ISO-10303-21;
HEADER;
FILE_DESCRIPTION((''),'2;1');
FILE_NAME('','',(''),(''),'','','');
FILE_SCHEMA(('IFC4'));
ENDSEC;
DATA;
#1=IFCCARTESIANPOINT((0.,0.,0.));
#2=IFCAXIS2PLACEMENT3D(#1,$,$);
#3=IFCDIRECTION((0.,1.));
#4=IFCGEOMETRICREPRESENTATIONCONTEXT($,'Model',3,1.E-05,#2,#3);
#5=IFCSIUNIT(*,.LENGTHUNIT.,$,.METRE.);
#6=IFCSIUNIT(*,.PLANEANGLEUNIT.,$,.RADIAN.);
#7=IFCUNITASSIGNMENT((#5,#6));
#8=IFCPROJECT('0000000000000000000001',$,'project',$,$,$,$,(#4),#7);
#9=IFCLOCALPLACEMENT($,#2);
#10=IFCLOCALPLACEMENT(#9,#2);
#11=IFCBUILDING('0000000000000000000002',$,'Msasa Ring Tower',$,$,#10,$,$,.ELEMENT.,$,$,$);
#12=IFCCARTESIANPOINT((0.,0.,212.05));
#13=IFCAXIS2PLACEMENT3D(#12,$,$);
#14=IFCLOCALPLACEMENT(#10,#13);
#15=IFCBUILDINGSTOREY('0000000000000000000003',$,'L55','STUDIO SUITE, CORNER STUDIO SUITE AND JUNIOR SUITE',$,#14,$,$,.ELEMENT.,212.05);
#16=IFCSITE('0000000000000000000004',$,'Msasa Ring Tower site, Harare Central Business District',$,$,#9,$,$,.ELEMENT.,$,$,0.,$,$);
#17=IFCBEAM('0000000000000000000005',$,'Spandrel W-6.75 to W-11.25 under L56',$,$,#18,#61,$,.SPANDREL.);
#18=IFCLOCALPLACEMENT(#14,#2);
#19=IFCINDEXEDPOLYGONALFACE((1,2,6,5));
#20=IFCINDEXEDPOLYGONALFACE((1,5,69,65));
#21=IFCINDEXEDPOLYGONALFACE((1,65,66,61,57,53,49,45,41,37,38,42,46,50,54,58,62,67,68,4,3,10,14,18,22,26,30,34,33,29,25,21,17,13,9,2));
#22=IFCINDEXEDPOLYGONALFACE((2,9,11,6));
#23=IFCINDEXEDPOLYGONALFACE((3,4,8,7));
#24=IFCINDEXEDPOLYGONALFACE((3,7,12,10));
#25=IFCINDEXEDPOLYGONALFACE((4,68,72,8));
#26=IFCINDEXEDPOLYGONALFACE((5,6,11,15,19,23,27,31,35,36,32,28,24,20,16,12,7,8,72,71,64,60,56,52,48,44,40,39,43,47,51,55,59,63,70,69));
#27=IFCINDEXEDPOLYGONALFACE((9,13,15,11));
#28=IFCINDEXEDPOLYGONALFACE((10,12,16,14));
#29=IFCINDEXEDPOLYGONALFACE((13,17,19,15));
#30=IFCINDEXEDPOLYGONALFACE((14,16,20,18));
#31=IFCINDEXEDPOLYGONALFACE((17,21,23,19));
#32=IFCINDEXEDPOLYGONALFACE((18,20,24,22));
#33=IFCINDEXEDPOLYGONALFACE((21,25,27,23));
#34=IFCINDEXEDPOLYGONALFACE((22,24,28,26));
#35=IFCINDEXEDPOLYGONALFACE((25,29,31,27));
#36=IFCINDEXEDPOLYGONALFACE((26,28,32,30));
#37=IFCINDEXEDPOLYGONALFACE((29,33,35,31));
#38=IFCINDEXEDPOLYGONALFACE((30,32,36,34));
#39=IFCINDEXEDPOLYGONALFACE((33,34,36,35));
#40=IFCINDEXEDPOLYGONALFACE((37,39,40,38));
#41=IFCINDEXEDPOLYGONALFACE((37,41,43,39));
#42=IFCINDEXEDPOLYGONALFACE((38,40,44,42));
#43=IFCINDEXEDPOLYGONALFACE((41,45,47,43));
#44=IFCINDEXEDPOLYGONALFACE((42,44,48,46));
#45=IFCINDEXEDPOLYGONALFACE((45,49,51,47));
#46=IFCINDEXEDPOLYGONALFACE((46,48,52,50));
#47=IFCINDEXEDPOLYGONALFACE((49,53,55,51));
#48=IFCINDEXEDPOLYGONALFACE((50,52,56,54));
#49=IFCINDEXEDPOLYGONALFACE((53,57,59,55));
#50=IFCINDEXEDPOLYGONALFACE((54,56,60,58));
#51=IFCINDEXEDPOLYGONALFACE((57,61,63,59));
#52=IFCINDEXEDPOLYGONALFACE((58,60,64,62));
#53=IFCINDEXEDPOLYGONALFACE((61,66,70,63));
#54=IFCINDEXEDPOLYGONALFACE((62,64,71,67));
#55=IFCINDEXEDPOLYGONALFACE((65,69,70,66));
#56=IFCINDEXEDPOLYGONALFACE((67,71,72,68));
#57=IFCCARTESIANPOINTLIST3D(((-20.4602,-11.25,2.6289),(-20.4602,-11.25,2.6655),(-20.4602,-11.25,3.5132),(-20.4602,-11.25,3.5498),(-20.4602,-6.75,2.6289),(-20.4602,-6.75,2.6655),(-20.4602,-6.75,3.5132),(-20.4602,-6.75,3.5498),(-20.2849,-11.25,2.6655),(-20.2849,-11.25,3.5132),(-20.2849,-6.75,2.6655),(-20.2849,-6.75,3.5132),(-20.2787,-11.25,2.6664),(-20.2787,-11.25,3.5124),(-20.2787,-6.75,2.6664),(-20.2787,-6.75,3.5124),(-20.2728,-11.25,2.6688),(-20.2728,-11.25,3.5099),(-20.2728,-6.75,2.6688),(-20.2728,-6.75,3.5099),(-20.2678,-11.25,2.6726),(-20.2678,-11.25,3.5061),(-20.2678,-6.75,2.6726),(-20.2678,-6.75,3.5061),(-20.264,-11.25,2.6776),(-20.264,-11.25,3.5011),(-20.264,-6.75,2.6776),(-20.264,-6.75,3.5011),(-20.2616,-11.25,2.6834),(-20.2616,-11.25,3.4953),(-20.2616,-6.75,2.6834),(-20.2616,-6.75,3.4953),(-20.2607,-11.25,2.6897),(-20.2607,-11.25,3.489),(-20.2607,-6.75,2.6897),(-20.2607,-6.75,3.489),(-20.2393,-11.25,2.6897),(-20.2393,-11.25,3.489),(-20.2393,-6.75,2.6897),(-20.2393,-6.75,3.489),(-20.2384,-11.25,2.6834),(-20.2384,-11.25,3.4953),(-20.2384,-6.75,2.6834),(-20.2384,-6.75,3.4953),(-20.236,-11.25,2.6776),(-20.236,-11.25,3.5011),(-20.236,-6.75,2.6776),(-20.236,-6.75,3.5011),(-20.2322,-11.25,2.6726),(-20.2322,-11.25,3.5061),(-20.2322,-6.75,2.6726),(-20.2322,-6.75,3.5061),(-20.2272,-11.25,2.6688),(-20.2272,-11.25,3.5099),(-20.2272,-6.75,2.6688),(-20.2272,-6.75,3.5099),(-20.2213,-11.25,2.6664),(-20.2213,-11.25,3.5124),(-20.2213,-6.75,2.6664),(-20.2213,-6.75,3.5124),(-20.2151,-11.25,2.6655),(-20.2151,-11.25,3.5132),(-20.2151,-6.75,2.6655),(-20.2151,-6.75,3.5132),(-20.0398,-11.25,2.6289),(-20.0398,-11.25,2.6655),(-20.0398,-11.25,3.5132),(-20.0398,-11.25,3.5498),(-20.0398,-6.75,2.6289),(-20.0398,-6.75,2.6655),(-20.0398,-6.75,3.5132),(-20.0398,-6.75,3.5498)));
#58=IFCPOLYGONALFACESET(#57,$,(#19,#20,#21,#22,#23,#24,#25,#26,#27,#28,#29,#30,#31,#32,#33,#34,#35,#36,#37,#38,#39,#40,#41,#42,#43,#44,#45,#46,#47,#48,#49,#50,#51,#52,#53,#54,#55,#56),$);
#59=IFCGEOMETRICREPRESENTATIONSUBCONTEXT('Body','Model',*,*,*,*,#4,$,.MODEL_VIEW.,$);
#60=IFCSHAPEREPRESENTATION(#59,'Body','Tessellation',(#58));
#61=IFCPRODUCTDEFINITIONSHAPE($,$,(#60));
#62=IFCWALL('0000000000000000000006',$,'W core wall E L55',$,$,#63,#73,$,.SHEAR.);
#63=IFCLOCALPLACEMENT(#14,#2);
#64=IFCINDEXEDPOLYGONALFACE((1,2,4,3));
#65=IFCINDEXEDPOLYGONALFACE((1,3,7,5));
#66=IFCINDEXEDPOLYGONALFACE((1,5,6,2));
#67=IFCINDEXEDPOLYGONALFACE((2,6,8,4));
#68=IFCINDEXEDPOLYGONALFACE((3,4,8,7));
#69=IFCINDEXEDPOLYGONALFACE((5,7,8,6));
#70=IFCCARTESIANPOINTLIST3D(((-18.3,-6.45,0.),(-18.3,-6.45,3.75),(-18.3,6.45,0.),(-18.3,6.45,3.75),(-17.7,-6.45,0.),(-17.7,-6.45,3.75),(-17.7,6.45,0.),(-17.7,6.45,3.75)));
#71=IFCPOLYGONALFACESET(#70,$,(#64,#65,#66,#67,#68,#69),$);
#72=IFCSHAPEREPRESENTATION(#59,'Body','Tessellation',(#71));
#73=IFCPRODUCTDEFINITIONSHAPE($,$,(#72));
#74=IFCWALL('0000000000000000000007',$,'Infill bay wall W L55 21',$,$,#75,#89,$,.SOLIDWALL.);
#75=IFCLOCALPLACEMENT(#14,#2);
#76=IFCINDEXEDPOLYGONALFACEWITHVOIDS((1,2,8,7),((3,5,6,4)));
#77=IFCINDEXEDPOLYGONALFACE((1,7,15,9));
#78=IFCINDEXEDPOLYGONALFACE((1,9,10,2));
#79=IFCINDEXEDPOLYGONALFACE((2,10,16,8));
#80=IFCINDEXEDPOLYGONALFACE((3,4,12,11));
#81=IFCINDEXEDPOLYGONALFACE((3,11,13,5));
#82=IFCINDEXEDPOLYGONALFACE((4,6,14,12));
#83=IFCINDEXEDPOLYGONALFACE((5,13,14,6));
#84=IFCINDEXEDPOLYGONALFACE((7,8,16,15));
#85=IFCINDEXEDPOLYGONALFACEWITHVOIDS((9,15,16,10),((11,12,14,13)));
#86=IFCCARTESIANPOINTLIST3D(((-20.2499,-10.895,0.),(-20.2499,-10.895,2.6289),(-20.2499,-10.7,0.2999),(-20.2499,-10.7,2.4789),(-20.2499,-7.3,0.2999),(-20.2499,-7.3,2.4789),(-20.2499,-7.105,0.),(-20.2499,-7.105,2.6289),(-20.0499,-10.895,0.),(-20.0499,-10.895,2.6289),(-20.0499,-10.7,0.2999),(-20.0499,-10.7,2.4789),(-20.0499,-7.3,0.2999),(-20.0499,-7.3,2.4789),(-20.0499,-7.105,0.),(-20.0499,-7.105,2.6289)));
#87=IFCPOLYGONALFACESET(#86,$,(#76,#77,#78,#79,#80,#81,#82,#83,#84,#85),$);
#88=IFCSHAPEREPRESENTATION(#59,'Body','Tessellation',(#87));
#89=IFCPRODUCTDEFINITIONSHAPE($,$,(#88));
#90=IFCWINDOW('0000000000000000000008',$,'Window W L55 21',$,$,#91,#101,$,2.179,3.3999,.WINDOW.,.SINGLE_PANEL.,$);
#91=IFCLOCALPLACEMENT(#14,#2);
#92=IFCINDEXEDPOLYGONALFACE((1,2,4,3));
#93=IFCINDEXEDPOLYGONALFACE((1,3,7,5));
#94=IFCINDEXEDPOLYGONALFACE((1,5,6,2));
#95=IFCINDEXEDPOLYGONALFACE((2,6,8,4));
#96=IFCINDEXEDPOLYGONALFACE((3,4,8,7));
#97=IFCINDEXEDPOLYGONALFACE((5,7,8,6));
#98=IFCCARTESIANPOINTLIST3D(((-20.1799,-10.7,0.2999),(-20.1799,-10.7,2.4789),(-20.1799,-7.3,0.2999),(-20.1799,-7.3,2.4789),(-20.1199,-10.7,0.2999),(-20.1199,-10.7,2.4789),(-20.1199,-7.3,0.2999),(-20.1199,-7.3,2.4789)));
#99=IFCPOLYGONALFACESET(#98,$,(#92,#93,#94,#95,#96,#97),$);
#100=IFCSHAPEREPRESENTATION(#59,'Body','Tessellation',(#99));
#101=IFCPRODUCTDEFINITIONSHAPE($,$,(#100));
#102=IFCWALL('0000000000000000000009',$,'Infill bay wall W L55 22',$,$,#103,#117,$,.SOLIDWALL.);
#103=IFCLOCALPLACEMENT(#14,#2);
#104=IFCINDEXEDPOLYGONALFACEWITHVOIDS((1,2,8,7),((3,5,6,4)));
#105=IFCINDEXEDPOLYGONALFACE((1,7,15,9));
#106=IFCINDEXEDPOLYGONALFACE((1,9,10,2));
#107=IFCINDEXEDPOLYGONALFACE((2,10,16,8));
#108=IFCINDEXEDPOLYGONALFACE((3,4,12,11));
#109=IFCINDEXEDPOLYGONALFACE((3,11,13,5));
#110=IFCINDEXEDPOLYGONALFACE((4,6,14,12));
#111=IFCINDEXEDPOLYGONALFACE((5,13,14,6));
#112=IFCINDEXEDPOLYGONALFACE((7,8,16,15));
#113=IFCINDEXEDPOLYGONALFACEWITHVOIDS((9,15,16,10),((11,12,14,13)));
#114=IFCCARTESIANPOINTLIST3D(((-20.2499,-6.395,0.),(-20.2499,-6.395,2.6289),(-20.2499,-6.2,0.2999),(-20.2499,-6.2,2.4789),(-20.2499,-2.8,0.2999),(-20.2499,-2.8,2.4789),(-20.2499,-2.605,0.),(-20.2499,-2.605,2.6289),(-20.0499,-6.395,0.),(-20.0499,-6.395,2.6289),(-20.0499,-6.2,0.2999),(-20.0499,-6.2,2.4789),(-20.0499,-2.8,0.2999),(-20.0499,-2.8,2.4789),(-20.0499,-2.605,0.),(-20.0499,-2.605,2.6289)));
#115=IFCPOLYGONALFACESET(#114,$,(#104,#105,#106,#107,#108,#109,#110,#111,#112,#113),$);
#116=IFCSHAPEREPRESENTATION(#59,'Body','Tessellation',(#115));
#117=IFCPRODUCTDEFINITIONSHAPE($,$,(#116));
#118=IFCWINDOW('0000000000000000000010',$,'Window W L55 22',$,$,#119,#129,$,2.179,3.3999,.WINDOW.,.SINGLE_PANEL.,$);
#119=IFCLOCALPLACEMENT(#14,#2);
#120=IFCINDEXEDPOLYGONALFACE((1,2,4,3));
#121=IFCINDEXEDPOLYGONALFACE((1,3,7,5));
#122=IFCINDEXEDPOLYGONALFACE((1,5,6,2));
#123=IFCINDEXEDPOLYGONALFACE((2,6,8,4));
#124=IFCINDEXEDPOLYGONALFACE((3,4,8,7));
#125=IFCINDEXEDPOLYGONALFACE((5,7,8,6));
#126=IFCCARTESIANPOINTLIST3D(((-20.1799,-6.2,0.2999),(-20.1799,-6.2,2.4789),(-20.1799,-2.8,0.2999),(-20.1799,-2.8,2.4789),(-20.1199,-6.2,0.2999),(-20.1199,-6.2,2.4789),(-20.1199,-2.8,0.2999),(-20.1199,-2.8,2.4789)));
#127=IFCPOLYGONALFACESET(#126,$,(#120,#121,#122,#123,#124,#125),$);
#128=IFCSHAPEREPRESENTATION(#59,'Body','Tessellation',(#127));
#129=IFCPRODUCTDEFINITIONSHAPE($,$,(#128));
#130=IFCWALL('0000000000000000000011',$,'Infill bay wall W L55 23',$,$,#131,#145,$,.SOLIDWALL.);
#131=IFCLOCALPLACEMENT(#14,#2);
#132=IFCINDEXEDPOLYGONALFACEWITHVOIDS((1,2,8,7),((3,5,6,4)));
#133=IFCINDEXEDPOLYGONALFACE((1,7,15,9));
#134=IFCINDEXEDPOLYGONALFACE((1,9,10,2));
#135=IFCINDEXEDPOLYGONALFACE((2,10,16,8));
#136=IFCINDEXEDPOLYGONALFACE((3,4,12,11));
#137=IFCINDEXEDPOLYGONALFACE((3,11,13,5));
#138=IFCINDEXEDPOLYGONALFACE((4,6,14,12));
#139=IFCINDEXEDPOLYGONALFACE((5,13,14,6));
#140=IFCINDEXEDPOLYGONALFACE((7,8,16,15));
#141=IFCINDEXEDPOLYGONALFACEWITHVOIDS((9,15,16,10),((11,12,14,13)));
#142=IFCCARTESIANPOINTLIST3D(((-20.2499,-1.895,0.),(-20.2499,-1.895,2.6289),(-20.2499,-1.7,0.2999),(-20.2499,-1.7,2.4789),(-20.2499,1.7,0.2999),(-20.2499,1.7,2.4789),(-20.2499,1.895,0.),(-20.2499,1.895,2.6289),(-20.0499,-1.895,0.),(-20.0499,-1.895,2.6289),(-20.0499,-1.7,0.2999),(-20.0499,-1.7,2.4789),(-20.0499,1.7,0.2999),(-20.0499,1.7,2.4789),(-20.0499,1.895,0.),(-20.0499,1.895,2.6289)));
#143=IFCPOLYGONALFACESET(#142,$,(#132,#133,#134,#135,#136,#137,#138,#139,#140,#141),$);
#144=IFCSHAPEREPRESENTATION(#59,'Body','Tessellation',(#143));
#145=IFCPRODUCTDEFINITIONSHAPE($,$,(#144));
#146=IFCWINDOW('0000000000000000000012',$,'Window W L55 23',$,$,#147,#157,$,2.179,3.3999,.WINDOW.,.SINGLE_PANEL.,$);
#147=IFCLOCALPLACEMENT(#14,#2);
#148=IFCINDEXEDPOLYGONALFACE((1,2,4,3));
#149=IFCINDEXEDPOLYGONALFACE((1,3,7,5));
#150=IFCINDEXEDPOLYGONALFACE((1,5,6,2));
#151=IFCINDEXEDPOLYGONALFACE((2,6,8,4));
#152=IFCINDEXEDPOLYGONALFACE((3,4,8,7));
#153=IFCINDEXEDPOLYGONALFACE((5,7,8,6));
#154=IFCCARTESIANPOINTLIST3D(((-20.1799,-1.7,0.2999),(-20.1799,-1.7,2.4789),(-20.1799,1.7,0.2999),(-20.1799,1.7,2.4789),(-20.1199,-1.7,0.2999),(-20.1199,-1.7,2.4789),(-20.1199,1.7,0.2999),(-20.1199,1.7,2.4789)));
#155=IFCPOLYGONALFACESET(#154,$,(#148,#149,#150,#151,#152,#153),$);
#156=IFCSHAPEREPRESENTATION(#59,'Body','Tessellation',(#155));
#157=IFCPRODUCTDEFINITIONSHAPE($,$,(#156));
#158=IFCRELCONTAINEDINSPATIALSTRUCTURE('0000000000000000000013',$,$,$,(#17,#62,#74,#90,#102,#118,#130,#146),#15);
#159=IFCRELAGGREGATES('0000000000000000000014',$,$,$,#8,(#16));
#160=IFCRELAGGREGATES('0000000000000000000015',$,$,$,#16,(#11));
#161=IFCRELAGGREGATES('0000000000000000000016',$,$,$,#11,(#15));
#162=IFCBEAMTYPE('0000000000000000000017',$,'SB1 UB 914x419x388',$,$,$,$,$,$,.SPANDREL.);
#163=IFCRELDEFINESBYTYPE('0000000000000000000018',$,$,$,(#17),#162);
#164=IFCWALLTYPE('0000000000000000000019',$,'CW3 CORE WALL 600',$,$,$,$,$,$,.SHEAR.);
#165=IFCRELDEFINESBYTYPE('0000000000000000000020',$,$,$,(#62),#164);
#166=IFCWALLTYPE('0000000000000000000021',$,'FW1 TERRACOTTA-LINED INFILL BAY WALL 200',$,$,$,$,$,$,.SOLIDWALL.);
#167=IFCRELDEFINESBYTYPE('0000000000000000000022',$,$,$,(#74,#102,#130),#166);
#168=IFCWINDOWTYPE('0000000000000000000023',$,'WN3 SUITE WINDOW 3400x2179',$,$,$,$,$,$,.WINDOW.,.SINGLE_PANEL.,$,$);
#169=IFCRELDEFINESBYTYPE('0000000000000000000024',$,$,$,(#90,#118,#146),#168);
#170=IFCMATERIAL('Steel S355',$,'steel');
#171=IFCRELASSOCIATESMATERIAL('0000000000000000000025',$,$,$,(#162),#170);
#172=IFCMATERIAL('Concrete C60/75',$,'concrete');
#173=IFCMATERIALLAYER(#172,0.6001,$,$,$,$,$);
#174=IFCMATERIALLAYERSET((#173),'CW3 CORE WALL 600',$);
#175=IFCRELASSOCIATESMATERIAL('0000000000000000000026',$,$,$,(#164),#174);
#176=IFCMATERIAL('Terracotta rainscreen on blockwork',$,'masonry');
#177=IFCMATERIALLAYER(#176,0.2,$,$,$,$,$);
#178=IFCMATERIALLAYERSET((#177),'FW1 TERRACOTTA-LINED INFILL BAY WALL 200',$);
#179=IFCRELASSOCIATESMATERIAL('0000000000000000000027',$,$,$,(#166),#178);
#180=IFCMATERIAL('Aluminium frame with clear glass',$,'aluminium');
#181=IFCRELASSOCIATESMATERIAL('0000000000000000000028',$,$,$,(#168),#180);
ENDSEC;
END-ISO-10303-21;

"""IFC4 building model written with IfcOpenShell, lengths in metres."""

from ifc_helpers import new_model, si_unit, direction, frame, frame_2d, origin, origin_2d, place, context, subcontext, project, spatial, rectangle, i_section, extrude, material, layer, layer_set, material_profile, profile_set, type_object, element, fill, save


model = new_model("IFC4")

# Units and contexts
model_context = context("Model", 3, precision=1e-05, world=origin(), true_north=direction((0.0, 1.0)))
body_context = subcontext(model_context, "Body", "Model", "MODEL_VIEW")
ifc_project = project(units=[si_unit("LENGTHUNIT", "METRE"), si_unit("PLANEANGLEUNIT", "RADIAN")], contexts=[model_context])

# Site, building, storey
site_placement = place(None, origin())
site = spatial("IfcSite", under=ifc_project, at=site_placement, Name="Msasa Ring Tower site, Harare Central Business District", CompositionType="ELEMENT", RefElevation=0.0)
building_placement = place(site_placement, origin())
building = spatial("IfcBuilding", under=site, at=building_placement, Name="Msasa Ring Tower", CompositionType="ELEMENT")
storey_placement = place(building_placement, frame((0.0, 0.0, 212.05)))
storey = spatial("IfcBuildingStorey", under=building, at=storey_placement, Name="L55", Description="STUDIO SUITE, CORNER STUDIO SUITE AND JUNIOR SUITE", CompositionType="ELEMENT", Elevation=212.05)

# Beam
ifc_material_1 = material(Name="Steel S355", Category="steel")
ifc_material_profile_1 = material_profile(ifc_material_1, i_section(OverallWidth=0.4204, OverallDepth=0.9209, WebThickness=0.0215, FlangeThickness=0.0366, FilletRadius=0.0242, at=origin_2d()), Name="UB 914x419x388")
ifc_profile_set_1 = profile_set([ifc_material_profile_1], Name="Steel S355")
beam_type_1 = type_object("IfcBeamType", Name="SB1 UB 914x419x388", PredefinedType="SPANDREL", material=ifc_profile_set_1)
for number, where, z_axis, x_axis, name in (
    (1, (-20.25, -6.75, 3.0894), (0.0, -1.0, 0.0), (1.0, 0.0, 0.0), "Spandrel W-6.75 to W-11.25 under L56"),
):
    element("IfcBeam", number, at=place(storey_placement, frame(where, z_axis=z_axis, x_axis=x_axis)), inside=storey, type_object=beam_type_1, Name=name, PredefinedType="SPANDREL", context=body_context, shape_type="SweptSolid", body=[
        extrude(i_section(OverallWidth=0.4204, OverallDepth=0.9209, WebThickness=0.0215, FlangeThickness=0.0366, FilletRadius=0.0242, at=origin_2d()), origin(), (0.0, 0.0, 1.0), 4.5),
    ])

# Wall
ifc_material_2 = material(Name="Concrete C60/75", Category="concrete")
ifc_layer_1 = layer(ifc_material_2, 0.6001)
ifc_layer_set_1 = layer_set([ifc_layer_1], Name="CW3 CORE WALL 600")
wall_type_1 = type_object("IfcWallType", Name="CW3 CORE WALL 600", PredefinedType="SHEAR", material=ifc_layer_set_1)
wall_1_placement = place(storey_placement, frame((-18.0, -6.45, 0.0), z_axis=(0.0, 0.0, 1.0), x_axis=(0.0, 1.0, 0.0)))
element("IfcWall", 2, at=wall_1_placement, inside=storey, type_object=wall_type_1, Name="W core wall E L55", PredefinedType="SHEAR", context=body_context, shape_type="SweptSolid", body=[
    extrude(rectangle(XDim=12.8999, YDim=0.6001, at=frame_2d((6.45, 0.0))), origin(), (0.0, 0.0, 1.0), 3.75),
])

# Walls, openings, windows
ifc_material_3 = material(Name="Terracotta rainscreen on blockwork", Category="masonry")
ifc_layer_2 = layer(ifc_material_3, 0.2)
ifc_layer_set_2 = layer_set([ifc_layer_2], Name="FW1 TERRACOTTA-LINED INFILL BAY WALL 200")
wall_type_2 = type_object("IfcWallType", Name="FW1 TERRACOTTA-LINED INFILL BAY WALL 200", PredefinedType="SOLIDWALL", material=ifc_layer_set_2)
wall_2_placement = place(storey_placement, frame((-20.1499, -10.895, 0.0), z_axis=(0.0, 0.0, 1.0), x_axis=(0.0, 1.0, 0.0)))
wall_2 = element("IfcWall", 3, at=wall_2_placement, inside=storey, type_object=wall_type_2, Name="Infill bay wall W L55 21", PredefinedType="SOLIDWALL", context=body_context, shape_type="SweptSolid", body=[
    extrude(rectangle(XDim=3.79, YDim=0.2, at=frame_2d((1.895, 0.0))), origin(), (0.0, 0.0, 1.0), 2.6289),
])
opening_1_placement = place(wall_2_placement, frame((0.1951, 0.0, 0.3)))
opening_1 = element("IfcOpeningElement", 4, at=opening_1_placement, cuts=wall_2, PredefinedType="OPENING", context=body_context, shape_type="SweptSolid", body=[
    extrude(rectangle(XDim=3.3999, YDim=2.179, at=frame_2d((1.7, 1.0894))), frame((0.0, 0.1099, 0.0), z_axis=(0.0, -1.0, 0.0), x_axis=(1.0, 0.0, 0.0)), (0.0, 0.0, 1.0), 0.22),
])
ifc_material_4 = material(Name="Aluminium frame with clear glass", Category="aluminium")
window_type = type_object("IfcWindowType", Name="WN3 SUITE WINDOW 3400x2179", PartitioningType="SINGLE_PANEL", PredefinedType="WINDOW", material=ifc_material_4)
window_1_placement = place(opening_1_placement, origin())
window_1 = element("IfcWindow", 5, at=window_1_placement, inside=storey, type_object=window_type, Name="Window W L55 21", OverallHeight=2.179, OverallWidth=3.3999, PartitioningType="SINGLE_PANEL", PredefinedType="WINDOW", context=body_context, shape_type="SweptSolid", body=[
    extrude(rectangle(XDim=3.3999, YDim=2.179, at=frame_2d((1.7, 1.0894))), frame((0.0, 0.03, 0.0), z_axis=(0.0, -1.0, 0.0), x_axis=(1.0, 0.0, 0.0)), (0.0, 0.0, 1.0), 0.0601),
])
fill(opening_1, window_1)
wall_3_placement = place(storey_placement, frame((-20.1499, -6.395, 0.0), z_axis=(0.0, 0.0, 1.0), x_axis=(0.0, 1.0, 0.0)))
wall_3 = element("IfcWall", 6, at=wall_3_placement, inside=storey, type_object=wall_type_2, Name="Infill bay wall W L55 22", PredefinedType="SOLIDWALL", context=body_context, shape_type="SweptSolid", body=[
    extrude(rectangle(XDim=3.79, YDim=0.2, at=frame_2d((1.895, 0.0))), origin(), (0.0, 0.0, 1.0), 2.6289),
])
opening_2_placement = place(wall_3_placement, frame((0.1951, 0.0, 0.3)))
opening_2 = element("IfcOpeningElement", 7, at=opening_2_placement, cuts=wall_3, PredefinedType="OPENING", context=body_context, shape_type="SweptSolid", body=[
    extrude(rectangle(XDim=3.3999, YDim=2.179, at=frame_2d((1.7, 1.0894))), frame((0.0, 0.1099, 0.0), z_axis=(0.0, -1.0, 0.0), x_axis=(1.0, 0.0, 0.0)), (0.0, 0.0, 1.0), 0.22),
])
window_2_placement = place(opening_2_placement, origin())
window_2 = element("IfcWindow", 8, at=window_2_placement, inside=storey, type_object=window_type, Name="Window W L55 22", OverallHeight=2.179, OverallWidth=3.3999, PartitioningType="SINGLE_PANEL", PredefinedType="WINDOW", context=body_context, shape_type="SweptSolid", body=[
    extrude(rectangle(XDim=3.3999, YDim=2.179, at=frame_2d((1.7, 1.0894))), frame((0.0, 0.03, 0.0), z_axis=(0.0, -1.0, 0.0), x_axis=(1.0, 0.0, 0.0)), (0.0, 0.0, 1.0), 0.0601),
])
fill(opening_2, window_2)
wall_4_placement = place(storey_placement, frame((-20.1499, -1.895, 0.0), z_axis=(0.0, 0.0, 1.0), x_axis=(0.0, 1.0, 0.0)))
wall_4 = element("IfcWall", 9, at=wall_4_placement, inside=storey, type_object=wall_type_2, Name="Infill bay wall W L55 23", PredefinedType="SOLIDWALL", context=body_context, shape_type="SweptSolid", body=[
    extrude(rectangle(XDim=3.79, YDim=0.2, at=frame_2d((1.895, 0.0))), origin(), (0.0, 0.0, 1.0), 2.6289),
])
opening_3_placement = place(wall_4_placement, frame((0.1951, 0.0, 0.3)))
opening_3 = element("IfcOpeningElement", 10, at=opening_3_placement, cuts=wall_4, PredefinedType="OPENING", context=body_context, shape_type="SweptSolid", body=[
    extrude(rectangle(XDim=3.3999, YDim=2.179, at=frame_2d((1.7, 1.0894))), frame((0.0, 0.1099, 0.0), z_axis=(0.0, -1.0, 0.0), x_axis=(1.0, 0.0, 0.0)), (0.0, 0.0, 1.0), 0.22),
])
window_3_placement = place(opening_3_placement, origin())
window_3 = element("IfcWindow", 11, at=window_3_placement, inside=storey, type_object=window_type, Name="Window W L55 23", OverallHeight=2.179, OverallWidth=3.3999, PartitioningType="SINGLE_PANEL", PredefinedType="WINDOW", context=body_context, shape_type="SweptSolid", body=[
    extrude(rectangle(XDim=3.3999, YDim=2.179, at=frame_2d((1.7, 1.0894))), frame((0.0, 0.03, 0.0), z_axis=(0.0, -1.0, 0.0), x_axis=(1.0, 0.0, 0.0)), (0.0, 0.0, 1.0), 0.0601),
])
fill(opening_3, window_3)

save(model, "model.ifc")
